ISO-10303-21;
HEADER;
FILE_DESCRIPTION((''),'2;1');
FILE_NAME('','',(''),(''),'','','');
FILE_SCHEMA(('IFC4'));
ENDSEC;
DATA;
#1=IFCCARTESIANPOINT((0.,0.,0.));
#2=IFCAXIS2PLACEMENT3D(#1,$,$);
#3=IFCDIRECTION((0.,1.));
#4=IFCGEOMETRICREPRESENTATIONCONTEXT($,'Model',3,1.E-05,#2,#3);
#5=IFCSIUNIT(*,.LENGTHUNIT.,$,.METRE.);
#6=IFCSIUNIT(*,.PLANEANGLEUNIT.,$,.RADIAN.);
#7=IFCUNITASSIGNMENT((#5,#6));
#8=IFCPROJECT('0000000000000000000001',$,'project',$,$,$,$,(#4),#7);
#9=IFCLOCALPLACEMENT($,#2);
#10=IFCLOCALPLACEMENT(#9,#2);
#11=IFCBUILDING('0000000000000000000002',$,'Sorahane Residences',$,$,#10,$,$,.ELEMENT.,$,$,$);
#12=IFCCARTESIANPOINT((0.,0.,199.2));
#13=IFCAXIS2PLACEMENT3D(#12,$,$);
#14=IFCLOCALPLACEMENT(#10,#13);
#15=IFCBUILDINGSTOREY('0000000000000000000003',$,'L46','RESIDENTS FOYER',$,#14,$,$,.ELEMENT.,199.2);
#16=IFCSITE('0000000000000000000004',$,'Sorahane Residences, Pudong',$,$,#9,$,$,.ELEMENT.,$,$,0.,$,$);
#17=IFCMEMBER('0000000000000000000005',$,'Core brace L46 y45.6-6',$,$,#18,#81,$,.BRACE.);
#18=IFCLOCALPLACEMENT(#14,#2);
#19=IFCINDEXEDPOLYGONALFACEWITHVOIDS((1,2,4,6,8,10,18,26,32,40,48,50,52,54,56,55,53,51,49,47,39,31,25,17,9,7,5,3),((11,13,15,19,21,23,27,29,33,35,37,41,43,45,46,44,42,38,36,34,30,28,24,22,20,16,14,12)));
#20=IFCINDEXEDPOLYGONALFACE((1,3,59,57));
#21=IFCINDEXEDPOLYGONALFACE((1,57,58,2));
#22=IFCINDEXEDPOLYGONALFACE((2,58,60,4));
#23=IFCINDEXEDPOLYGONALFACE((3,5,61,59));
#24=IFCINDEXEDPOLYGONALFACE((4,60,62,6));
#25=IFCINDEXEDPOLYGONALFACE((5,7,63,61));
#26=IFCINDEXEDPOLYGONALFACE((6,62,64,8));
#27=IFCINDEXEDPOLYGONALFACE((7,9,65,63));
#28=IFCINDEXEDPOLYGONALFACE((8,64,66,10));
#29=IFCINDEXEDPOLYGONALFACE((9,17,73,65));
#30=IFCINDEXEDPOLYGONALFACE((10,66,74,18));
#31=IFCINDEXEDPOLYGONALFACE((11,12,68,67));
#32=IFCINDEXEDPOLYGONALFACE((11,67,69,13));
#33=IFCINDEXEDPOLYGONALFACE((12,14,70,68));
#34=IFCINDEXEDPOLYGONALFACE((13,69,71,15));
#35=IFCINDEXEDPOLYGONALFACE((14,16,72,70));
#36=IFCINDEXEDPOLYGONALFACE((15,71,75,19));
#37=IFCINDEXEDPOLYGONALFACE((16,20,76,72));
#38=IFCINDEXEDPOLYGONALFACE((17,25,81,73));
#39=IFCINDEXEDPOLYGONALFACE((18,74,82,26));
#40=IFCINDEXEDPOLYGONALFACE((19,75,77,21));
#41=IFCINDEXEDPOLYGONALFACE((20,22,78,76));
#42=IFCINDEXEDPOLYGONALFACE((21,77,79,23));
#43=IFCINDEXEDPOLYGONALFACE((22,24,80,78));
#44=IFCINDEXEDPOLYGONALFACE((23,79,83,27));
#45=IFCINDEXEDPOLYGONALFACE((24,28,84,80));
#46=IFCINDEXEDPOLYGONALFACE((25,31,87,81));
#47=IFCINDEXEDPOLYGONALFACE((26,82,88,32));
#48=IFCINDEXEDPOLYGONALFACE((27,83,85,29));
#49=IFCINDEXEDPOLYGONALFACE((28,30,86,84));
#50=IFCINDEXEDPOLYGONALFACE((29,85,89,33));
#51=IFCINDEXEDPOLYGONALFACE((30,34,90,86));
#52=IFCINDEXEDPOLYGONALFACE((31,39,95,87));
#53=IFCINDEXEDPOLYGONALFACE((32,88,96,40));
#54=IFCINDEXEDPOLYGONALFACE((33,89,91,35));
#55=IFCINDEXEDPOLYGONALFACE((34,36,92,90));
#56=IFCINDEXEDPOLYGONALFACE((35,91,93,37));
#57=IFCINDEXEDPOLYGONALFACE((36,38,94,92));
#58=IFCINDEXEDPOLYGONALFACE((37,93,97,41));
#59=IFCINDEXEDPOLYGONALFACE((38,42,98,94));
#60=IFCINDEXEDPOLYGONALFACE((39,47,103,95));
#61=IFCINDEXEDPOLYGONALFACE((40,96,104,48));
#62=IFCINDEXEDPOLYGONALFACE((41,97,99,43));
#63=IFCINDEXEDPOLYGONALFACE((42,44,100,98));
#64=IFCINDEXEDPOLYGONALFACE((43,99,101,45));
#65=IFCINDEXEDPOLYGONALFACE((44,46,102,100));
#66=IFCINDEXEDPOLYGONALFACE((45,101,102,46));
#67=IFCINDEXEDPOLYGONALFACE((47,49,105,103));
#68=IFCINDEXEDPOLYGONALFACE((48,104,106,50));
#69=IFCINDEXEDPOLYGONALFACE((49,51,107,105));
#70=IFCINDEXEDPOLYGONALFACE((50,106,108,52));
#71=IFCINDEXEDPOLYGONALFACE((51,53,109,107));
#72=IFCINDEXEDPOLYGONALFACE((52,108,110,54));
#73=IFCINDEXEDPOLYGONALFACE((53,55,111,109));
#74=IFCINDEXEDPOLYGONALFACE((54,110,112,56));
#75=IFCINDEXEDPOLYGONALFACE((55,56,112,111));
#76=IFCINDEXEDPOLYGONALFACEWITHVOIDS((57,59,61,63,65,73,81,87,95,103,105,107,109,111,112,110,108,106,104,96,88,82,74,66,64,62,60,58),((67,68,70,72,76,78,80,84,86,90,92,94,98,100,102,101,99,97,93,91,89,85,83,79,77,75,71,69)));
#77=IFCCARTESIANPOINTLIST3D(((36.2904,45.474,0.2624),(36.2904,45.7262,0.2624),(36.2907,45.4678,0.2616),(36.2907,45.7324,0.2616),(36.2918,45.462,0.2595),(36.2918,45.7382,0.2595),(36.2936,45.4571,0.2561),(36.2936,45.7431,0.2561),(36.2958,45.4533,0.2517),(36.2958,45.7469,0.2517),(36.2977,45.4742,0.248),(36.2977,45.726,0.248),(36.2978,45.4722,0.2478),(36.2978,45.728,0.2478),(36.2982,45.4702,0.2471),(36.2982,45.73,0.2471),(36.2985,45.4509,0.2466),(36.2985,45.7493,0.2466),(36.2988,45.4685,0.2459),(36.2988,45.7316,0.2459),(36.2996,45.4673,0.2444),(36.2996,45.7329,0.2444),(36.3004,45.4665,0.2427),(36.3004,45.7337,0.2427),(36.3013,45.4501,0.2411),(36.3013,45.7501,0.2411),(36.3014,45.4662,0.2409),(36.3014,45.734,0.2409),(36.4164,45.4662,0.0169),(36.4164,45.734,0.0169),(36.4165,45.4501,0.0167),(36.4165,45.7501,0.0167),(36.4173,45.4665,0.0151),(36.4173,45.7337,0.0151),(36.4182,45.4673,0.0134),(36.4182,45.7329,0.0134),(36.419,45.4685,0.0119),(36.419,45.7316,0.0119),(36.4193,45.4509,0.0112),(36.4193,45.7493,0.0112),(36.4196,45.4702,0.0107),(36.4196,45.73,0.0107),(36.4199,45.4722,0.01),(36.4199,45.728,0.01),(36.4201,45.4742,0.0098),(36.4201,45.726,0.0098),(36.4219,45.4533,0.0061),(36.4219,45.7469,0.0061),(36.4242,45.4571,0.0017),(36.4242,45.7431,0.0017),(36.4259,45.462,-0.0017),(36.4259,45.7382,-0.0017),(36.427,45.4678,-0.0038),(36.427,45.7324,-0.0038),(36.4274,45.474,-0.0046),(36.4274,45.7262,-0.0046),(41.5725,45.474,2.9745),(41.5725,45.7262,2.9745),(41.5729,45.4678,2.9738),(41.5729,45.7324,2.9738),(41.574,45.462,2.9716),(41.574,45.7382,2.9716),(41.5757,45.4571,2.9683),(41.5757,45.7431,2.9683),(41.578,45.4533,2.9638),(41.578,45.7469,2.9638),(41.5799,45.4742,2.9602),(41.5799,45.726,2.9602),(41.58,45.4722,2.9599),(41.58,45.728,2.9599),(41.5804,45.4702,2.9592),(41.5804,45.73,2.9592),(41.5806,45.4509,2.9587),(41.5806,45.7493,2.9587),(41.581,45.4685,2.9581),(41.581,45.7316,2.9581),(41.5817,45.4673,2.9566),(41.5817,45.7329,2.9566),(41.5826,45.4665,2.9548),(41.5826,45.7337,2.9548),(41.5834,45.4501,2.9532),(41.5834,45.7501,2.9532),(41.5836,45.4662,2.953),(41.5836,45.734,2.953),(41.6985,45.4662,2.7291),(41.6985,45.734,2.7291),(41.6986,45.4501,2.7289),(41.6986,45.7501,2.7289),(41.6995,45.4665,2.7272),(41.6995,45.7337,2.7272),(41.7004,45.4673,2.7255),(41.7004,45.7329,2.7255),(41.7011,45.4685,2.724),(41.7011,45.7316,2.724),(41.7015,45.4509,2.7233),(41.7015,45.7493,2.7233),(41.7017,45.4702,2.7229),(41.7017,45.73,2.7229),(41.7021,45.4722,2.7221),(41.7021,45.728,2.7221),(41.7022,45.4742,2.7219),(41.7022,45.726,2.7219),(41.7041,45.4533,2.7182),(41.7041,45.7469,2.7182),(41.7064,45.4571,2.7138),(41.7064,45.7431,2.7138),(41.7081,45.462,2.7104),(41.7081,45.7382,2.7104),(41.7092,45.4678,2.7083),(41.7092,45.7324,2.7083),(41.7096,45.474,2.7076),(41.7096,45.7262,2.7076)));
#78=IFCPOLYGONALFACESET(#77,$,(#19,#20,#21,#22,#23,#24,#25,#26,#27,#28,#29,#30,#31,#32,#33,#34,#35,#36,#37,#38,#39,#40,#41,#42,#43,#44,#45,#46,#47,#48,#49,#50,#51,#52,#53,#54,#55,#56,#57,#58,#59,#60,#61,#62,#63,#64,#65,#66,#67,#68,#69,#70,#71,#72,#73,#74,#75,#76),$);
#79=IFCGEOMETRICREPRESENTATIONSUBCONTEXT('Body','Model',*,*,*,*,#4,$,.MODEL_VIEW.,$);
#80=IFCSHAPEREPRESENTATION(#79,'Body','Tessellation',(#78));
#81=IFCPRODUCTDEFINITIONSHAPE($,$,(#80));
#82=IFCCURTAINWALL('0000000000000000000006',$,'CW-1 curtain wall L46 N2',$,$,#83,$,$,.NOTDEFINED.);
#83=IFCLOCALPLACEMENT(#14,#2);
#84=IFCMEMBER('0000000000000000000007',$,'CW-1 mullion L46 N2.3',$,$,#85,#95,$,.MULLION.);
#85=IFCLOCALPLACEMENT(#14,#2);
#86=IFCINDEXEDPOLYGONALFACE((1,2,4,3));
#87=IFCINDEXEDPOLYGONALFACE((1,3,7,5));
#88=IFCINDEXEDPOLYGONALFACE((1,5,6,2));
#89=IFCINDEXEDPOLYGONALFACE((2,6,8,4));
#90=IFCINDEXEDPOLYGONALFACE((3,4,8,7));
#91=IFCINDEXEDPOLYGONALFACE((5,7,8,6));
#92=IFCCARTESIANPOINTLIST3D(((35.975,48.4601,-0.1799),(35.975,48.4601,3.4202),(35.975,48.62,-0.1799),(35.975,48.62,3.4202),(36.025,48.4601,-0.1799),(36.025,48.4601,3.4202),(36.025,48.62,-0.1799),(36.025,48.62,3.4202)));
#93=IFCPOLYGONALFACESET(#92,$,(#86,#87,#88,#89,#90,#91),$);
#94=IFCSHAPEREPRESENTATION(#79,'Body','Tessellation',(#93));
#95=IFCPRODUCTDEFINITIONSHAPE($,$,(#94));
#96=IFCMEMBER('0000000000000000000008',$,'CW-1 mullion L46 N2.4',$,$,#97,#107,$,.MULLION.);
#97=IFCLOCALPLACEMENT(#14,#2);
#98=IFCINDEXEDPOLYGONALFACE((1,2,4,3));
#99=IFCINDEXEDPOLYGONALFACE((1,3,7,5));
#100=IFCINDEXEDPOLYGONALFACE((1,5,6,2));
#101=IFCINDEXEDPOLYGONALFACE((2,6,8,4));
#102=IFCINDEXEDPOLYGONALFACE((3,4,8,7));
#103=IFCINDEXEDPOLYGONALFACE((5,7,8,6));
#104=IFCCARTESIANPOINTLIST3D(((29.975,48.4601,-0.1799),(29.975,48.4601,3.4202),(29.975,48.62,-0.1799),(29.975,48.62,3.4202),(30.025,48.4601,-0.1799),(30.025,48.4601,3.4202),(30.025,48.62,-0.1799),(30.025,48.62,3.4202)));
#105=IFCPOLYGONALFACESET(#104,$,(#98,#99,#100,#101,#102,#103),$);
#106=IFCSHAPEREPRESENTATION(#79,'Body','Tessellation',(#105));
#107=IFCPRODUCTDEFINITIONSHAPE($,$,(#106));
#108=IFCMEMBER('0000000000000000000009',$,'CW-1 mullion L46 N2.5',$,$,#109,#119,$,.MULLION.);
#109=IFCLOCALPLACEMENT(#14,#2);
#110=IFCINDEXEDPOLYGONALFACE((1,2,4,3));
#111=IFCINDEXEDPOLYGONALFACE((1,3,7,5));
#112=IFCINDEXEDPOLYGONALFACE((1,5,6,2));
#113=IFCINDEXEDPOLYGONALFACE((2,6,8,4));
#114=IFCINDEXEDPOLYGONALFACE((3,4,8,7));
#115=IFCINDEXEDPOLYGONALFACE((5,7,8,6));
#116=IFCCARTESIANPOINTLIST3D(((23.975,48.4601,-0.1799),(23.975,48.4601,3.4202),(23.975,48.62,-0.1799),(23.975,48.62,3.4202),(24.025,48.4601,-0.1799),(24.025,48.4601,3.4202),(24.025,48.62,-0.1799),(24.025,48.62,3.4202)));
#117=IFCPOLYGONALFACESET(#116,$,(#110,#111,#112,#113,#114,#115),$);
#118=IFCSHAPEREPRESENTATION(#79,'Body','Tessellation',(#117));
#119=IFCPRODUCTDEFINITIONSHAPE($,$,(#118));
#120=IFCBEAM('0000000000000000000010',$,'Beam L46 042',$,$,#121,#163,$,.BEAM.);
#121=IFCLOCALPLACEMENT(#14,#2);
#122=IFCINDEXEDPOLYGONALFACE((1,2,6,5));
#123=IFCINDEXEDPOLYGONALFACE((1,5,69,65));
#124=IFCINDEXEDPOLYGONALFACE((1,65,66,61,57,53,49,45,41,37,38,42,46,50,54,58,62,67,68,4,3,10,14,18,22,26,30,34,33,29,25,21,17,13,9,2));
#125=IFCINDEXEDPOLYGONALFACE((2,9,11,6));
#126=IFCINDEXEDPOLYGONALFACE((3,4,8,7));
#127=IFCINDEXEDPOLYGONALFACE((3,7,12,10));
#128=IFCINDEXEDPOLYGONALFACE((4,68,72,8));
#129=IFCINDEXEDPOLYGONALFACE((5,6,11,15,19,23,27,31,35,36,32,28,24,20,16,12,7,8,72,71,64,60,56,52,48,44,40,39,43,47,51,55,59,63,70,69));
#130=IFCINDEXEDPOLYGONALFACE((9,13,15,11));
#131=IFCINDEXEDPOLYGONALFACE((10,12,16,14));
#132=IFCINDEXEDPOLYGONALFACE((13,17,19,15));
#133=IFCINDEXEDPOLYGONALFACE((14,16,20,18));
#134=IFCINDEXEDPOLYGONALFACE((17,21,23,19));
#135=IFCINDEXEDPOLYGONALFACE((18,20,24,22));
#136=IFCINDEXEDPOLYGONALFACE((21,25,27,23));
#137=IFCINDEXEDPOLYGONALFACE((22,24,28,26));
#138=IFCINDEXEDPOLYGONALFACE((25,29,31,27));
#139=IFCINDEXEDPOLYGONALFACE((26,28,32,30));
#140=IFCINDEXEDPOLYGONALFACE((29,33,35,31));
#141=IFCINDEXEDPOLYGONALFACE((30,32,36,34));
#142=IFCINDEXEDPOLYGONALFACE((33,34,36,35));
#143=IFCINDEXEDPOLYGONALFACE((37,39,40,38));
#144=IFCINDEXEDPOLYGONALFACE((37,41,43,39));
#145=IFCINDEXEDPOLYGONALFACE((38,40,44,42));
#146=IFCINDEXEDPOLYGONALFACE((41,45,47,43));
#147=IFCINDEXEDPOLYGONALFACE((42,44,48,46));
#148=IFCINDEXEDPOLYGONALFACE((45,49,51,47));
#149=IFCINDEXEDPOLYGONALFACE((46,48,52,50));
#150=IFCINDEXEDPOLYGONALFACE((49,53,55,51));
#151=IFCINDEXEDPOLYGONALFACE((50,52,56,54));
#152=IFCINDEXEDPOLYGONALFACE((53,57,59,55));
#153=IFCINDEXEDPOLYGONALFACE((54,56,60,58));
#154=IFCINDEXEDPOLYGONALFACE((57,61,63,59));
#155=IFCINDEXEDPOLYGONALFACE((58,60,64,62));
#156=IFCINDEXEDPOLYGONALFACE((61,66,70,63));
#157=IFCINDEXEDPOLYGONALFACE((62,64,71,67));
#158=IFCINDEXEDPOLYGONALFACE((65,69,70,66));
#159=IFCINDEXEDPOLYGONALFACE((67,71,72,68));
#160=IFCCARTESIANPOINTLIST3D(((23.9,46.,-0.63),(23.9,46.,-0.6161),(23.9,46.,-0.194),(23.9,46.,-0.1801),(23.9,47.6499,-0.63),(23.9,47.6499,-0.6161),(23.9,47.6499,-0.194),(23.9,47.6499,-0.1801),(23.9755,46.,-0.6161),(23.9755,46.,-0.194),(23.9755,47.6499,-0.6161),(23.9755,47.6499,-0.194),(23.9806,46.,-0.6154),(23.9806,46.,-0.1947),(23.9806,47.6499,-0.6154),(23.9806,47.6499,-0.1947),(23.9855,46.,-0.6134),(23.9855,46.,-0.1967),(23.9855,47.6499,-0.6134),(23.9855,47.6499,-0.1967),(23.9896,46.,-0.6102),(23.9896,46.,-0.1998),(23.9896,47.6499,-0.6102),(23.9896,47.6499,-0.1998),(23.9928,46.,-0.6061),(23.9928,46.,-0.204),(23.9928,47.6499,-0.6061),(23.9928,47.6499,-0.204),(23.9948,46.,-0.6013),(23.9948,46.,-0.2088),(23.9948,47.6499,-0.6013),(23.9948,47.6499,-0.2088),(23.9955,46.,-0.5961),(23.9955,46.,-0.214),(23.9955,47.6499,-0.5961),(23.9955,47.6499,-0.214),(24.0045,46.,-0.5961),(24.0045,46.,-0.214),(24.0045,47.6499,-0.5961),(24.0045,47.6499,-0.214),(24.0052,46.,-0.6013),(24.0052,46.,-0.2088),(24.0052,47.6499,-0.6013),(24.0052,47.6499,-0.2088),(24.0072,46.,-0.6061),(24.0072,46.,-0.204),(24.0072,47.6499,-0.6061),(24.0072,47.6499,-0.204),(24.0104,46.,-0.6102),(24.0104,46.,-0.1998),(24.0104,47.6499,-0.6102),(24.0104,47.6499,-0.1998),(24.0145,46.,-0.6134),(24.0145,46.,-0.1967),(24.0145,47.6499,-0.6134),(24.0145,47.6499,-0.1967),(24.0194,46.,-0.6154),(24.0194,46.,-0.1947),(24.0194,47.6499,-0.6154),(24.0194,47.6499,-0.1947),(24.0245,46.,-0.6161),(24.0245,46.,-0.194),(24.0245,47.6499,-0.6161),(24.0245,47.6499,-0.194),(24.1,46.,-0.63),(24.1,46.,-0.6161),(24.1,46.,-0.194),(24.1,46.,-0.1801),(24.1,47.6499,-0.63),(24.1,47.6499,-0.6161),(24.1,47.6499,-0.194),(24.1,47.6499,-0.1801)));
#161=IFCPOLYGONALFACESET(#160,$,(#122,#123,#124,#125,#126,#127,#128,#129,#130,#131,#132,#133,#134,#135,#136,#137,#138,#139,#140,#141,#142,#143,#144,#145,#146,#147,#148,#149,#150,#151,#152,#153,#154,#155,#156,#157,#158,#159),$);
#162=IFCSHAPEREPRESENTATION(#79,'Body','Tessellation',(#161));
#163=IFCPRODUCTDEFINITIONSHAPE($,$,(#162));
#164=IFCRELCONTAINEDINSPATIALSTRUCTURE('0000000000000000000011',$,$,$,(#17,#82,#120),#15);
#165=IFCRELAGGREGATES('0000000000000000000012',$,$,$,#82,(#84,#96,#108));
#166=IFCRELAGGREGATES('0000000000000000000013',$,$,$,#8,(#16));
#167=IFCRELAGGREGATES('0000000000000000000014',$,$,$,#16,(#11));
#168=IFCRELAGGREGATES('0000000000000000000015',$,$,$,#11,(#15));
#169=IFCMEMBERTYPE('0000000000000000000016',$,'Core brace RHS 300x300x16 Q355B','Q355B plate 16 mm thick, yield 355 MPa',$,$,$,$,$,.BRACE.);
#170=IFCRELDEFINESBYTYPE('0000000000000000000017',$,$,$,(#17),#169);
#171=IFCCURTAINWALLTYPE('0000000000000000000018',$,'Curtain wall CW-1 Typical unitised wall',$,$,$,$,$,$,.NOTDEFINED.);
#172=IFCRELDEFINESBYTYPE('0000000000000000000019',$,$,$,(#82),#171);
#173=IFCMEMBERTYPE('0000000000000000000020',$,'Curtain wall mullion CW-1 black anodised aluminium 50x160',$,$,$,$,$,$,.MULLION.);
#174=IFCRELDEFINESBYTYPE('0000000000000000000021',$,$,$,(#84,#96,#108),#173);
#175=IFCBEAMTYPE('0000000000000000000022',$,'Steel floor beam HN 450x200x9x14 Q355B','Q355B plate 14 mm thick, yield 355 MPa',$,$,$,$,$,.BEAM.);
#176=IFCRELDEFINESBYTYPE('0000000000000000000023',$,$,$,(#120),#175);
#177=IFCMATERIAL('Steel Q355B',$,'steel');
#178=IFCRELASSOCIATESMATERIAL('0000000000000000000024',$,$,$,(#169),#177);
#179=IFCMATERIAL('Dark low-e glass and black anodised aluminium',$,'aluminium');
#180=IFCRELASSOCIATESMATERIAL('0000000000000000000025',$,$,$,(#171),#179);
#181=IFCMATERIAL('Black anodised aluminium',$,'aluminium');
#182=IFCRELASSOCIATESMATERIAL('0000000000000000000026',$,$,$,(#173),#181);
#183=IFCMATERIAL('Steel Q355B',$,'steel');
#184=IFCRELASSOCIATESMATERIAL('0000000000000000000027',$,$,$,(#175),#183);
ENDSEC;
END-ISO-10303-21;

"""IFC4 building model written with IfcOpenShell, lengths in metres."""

from ifc_helpers import new_model, si_unit, direction, frame, origin, origin_2d, place, context, subcontext, project, spatial, rectangle, hollow_rectangle, i_section, extrude, material, material_profile, profile_set, type_object, element, aggregate, save


model = new_model("IFC4")

# Units and contexts
model_context = context("Model", 3, precision=1e-05, world=origin(), true_north=direction((0.0, 1.0)))
body_context = subcontext(model_context, "Body", "Model", "MODEL_VIEW")
ifc_project = project(units=[si_unit("LENGTHUNIT", "METRE"), si_unit("PLANEANGLEUNIT", "RADIAN")], contexts=[model_context])

# Site, building, storey
site_placement = place(None, origin())
site = spatial("IfcSite", under=ifc_project, at=site_placement, Name="Sorahane Residences, Pudong", CompositionType="ELEMENT", RefElevation=0.0)
building_placement = place(site_placement, origin())
building = spatial("IfcBuilding", under=site, at=building_placement, Name="Sorahane Residences", CompositionType="ELEMENT")
storey_placement = place(building_placement, frame((0.0, 0.0, 199.2)))
storey = spatial("IfcBuildingStorey", under=building, at=storey_placement, Name="L46", Description="RESIDENTS FOYER", CompositionType="ELEMENT", Elevation=199.2)

# Member
ifc_material_1 = material(Name="Steel Q355B", Category="steel")
ifc_material_profile_1 = material_profile(ifc_material_1, hollow_rectangle(XDim=0.3, YDim=0.3, WallThickness=0.0161, InnerFilletRadius=0.0081, OuterFilletRadius=0.0239, at=origin_2d()), Name="RHS 300x300x16")
ifc_profile_set_1 = profile_set([ifc_material_profile_1], Name="Steel Q355B")
member_type_1 = type_object("IfcMemberType", Name="Core brace RHS 300x300x16 Q355B", Description="Q355B plate 16 mm thick, yield 355 MPa", PredefinedType="BRACE", material=ifc_profile_set_1)
for number, where, z_axis, x_axis, name in (
    (1, (36.3589, 45.6001, 0.1289), (0.88959, 0.0, 0.45676), (0.0, 1.0, 0.0), "Core brace L46 y45.6-6"),
):
    element("IfcMember", number, at=place(storey_placement, frame(where, z_axis=z_axis, x_axis=x_axis)), inside=storey, type_object=member_type_1, Name=name, PredefinedType="BRACE", context=body_context, shape_type="SweptSolid", body=[
        extrude(hollow_rectangle(XDim=0.3, YDim=0.3, WallThickness=0.0161, InnerFilletRadius=0.0081, OuterFilletRadius=0.0239, at=origin_2d()), origin(), (0.0, 0.0, 1.0), 5.9377),
    ])

# Curtain wall, members
ifc_material_2 = material(Name="Dark low-e glass and black anodised aluminium", Category="aluminium")
curtain_wall_type = type_object("IfcCurtainWallType", Name="Curtain wall CW-1 Typical unitised wall", PredefinedType="NOTDEFINED", material=ifc_material_2)
curtain_wall_placement = place(storey_placement, origin())
curtain_wall = element("IfcCurtainWall", 2, at=curtain_wall_placement, inside=storey, type_object=curtain_wall_type, Name="CW-1 curtain wall L46 N2", PredefinedType="NOTDEFINED")
ifc_material_3 = material(Name="Black anodised aluminium", Category="aluminium")
ifc_material_profile_2 = material_profile(ifc_material_3, rectangle(XDim=0.1599, YDim=0.05, at=origin_2d()), Name="Curtain wall mullion CW-1 black anodised aluminium 50x160")
ifc_profile_set_2 = profile_set([ifc_material_profile_2], Name="Black anodised aluminium")
member_type_2 = type_object("IfcMemberType", Name="Curtain wall mullion CW-1 black anodised aluminium 50x160", PredefinedType="MULLION", material=ifc_profile_set_2)
member_1_placement = place(storey_placement, frame((36.0, 48.54, -0.1799), z_axis=(0.0, 0.0, 1.0), x_axis=(0.0, 1.0, 0.0)))
member_1 = element("IfcMember", 3, at=member_1_placement, type_object=member_type_2, Name="CW-1 mullion L46 N2.3", PredefinedType="MULLION", context=body_context, shape_type="SweptSolid", body=[
    extrude(rectangle(XDim=0.1599, YDim=0.05, at=origin_2d()), origin(), (0.0, 0.0, 1.0), 3.6001),
])
member_2_placement = place(storey_placement, frame((30.0, 48.54, -0.1799), z_axis=(0.0, 0.0, 1.0), x_axis=(0.0, 1.0, 0.0)))
member_2 = element("IfcMember", 4, at=member_2_placement, type_object=member_type_2, Name="CW-1 mullion L46 N2.4", PredefinedType="MULLION", context=body_context, shape_type="SweptSolid", body=[
    extrude(rectangle(XDim=0.1599, YDim=0.05, at=origin_2d()), origin(), (0.0, 0.0, 1.0), 3.6001),
])
member_3_placement = place(storey_placement, frame((24.0, 48.54, -0.1799), z_axis=(0.0, 0.0, 1.0), x_axis=(0.0, 1.0, 0.0)))
member_3 = element("IfcMember", 5, at=member_3_placement, type_object=member_type_2, Name="CW-1 mullion L46 N2.5", PredefinedType="MULLION", context=body_context, shape_type="SweptSolid", body=[
    extrude(rectangle(XDim=0.1599, YDim=0.05, at=origin_2d()), origin(), (0.0, 0.0, 1.0), 3.6001),
])

# Beam
ifc_material_4 = material(Name="Steel Q355B", Category="steel")
ifc_material_profile_3 = material_profile(ifc_material_4, i_section(OverallWidth=0.2, OverallDepth=0.45, WebThickness=0.009, FlangeThickness=0.0139, FilletRadius=0.02, at=origin_2d()), Name="HN 450x200x9x14")
ifc_profile_set_3 = profile_set([ifc_material_profile_3], Name="Steel Q355B")
beam_type_1 = type_object("IfcBeamType", Name="Steel floor beam HN 450x200x9x14 Q355B", Description="Q355B plate 14 mm thick, yield 355 MPa", PredefinedType="BEAM", material=ifc_profile_set_3)
beam_1_placement = place(storey_placement, frame((24.0, 46.0, -0.405), z_axis=(0.0, 1.0, 0.0), x_axis=(-1.0, 0.0, 0.0)))
element("IfcBeam", 6, at=beam_1_placement, inside=storey, type_object=beam_type_1, Name="Beam L46 042", PredefinedType="BEAM", context=body_context, shape_type="SweptSolid", body=[
    extrude(i_section(OverallWidth=0.2, OverallDepth=0.45, WebThickness=0.009, FlangeThickness=0.0139, FilletRadius=0.02, at=origin_2d()), origin(), (0.0, 0.0, 1.0), 1.6499),
])

aggregate(curtain_wall, [member_1, member_2, member_3])

save(model, "model.ifc")
